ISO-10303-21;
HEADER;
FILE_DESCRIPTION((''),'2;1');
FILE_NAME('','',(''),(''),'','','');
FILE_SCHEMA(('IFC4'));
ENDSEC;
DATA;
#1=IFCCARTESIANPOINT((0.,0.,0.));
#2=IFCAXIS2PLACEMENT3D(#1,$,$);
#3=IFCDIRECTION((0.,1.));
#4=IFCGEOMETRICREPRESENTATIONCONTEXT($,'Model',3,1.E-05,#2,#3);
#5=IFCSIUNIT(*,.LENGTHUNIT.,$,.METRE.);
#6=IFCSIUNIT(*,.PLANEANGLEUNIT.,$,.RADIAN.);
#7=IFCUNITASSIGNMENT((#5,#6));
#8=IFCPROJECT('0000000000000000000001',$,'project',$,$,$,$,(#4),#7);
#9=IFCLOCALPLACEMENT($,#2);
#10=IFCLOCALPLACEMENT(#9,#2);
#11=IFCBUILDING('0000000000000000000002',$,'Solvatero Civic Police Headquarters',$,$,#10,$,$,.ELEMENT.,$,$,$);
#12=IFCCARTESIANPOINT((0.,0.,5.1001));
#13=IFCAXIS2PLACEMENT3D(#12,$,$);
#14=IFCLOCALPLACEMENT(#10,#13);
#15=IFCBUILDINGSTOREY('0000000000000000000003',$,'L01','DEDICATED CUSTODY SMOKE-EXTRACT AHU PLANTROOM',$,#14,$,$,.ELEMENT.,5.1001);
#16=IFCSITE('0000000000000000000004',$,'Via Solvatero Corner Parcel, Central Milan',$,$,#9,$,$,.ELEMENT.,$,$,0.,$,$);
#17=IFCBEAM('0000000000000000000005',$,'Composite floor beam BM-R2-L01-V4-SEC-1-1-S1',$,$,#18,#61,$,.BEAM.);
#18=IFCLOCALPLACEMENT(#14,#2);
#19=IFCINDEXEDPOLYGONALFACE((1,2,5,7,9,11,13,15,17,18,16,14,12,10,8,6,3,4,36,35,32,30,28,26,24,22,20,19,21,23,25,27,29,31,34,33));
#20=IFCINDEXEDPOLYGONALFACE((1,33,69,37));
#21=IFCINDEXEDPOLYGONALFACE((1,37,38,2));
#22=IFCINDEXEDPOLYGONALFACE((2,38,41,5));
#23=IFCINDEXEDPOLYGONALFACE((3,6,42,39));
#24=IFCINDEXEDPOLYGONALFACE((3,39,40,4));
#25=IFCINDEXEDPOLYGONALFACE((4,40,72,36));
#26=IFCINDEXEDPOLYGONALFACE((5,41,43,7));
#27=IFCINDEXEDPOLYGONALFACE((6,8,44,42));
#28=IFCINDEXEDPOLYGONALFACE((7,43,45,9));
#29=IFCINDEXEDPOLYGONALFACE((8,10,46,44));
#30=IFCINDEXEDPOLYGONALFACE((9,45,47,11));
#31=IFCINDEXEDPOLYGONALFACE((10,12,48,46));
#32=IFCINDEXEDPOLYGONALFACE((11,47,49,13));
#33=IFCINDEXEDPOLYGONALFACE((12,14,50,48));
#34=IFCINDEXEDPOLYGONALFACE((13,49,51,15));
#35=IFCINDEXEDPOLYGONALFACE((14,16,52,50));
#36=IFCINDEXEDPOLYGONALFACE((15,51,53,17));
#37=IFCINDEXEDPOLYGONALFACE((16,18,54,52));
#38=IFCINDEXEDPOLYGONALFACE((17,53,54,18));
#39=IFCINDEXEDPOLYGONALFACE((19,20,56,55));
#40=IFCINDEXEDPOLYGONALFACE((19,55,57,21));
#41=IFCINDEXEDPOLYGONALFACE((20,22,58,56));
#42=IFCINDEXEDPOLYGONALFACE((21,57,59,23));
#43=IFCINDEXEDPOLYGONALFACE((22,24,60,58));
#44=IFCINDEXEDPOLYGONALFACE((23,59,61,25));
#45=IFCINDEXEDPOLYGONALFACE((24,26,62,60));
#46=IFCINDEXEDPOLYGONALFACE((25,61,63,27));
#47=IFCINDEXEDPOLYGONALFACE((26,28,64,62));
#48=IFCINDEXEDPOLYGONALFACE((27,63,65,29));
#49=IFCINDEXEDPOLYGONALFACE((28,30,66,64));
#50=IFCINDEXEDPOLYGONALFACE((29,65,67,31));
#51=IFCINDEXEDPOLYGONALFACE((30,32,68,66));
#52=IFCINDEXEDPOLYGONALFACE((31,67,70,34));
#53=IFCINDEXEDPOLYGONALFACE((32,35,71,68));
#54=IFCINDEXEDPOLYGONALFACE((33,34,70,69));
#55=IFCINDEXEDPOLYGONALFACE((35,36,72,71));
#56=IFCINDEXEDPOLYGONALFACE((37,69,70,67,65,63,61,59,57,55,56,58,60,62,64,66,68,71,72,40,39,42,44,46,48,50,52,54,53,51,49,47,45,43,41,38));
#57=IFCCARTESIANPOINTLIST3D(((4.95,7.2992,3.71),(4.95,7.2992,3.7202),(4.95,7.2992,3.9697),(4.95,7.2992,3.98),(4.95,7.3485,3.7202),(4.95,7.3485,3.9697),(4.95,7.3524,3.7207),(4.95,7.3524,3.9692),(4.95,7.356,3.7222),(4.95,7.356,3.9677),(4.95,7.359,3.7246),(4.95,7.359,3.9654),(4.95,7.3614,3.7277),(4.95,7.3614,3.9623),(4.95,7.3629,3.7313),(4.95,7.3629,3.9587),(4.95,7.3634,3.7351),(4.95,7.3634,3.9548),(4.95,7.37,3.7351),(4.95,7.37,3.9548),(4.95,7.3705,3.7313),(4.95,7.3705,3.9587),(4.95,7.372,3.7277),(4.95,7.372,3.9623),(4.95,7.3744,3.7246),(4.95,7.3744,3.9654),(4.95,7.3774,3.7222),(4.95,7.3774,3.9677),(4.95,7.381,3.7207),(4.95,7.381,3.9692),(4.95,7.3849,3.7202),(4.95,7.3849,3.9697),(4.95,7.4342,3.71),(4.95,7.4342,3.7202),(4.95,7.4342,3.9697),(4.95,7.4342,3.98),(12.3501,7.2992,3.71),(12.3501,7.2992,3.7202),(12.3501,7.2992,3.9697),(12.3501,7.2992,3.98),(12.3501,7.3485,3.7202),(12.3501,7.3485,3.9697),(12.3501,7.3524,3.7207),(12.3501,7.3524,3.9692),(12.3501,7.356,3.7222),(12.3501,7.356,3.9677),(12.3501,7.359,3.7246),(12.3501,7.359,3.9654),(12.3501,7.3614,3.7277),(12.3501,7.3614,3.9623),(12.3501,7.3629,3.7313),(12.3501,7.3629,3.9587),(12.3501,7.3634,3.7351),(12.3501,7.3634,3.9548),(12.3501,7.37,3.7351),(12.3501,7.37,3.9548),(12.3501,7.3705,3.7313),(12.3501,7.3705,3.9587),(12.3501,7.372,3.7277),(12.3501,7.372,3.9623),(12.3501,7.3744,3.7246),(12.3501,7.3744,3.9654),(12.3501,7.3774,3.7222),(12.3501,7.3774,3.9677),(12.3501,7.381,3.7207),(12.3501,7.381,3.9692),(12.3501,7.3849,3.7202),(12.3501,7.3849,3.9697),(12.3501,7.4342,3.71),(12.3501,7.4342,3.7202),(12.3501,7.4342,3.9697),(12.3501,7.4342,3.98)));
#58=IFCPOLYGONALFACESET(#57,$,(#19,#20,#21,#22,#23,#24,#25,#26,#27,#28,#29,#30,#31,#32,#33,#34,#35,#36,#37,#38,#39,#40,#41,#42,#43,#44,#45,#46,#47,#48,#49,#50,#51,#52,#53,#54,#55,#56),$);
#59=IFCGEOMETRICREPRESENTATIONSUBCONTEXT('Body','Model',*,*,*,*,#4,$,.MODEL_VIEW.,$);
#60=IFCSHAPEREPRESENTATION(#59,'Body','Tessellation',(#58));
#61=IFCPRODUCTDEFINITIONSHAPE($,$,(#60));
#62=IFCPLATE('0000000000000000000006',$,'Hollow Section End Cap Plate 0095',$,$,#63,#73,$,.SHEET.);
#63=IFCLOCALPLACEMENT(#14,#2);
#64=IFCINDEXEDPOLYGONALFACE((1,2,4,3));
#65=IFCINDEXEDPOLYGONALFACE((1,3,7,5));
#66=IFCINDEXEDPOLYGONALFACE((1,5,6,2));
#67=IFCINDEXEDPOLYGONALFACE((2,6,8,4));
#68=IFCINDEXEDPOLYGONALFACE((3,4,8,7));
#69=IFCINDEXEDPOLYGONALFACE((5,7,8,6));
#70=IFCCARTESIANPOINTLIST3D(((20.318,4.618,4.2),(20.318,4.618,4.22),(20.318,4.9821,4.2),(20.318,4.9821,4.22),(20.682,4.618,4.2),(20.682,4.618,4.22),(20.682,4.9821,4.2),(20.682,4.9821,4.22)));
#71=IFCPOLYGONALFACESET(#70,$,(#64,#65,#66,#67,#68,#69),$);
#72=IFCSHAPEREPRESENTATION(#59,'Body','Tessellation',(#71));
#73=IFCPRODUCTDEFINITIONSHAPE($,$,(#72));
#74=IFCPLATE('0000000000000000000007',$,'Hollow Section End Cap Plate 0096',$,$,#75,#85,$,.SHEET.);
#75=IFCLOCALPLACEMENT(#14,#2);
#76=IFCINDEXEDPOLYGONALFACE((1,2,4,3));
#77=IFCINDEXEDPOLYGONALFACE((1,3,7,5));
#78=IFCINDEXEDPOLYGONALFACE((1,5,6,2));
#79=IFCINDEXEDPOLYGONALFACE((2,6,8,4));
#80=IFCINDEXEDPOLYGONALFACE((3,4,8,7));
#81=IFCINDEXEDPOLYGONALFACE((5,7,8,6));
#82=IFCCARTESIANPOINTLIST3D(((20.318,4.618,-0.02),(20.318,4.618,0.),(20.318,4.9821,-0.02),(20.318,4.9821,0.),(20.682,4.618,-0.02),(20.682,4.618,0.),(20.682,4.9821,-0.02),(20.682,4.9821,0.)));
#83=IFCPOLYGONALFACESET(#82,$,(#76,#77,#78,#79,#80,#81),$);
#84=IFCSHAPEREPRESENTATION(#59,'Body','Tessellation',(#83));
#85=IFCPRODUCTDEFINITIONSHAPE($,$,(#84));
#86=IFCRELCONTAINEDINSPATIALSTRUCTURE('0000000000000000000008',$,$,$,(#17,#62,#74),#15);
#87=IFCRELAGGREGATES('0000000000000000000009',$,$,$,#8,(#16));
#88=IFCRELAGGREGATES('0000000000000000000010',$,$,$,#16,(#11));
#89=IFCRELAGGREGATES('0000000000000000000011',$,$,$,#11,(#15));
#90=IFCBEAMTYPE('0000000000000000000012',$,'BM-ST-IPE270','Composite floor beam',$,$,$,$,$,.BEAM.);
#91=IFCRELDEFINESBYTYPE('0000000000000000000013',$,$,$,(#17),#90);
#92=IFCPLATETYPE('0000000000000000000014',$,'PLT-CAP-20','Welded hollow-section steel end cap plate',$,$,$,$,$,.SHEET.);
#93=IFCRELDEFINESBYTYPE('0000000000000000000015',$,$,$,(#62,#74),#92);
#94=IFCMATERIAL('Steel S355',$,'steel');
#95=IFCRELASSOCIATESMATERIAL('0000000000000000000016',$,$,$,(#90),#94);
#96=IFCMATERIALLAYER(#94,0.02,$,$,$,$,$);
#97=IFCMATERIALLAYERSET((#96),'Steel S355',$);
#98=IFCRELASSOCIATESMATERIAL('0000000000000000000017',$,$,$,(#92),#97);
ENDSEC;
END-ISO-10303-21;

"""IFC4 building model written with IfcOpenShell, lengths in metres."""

from ifc_helpers import new_model, si_unit, direction, frame, origin, origin_2d, place, context, subcontext, project, spatial, rectangle, i_section, extrude, material, layer, layer_set, material_profile, profile_set, type_object, element, save


model = new_model("IFC4")

# Units and contexts
model_context = context("Model", 3, precision=1e-05, world=origin(), true_north=direction((0.0, 1.0)))
body_context = subcontext(model_context, "Body", "Model", "MODEL_VIEW")
ifc_project = project(units=[si_unit("LENGTHUNIT", "METRE"), si_unit("PLANEANGLEUNIT", "RADIAN")], contexts=[model_context])

# Site, building, storey
site_placement = place(None, origin())
site = spatial("IfcSite", under=ifc_project, at=site_placement, Name="Via Solvatero Corner Parcel, Central Milan", CompositionType="ELEMENT", RefElevation=0.0)
building_placement = place(site_placement, origin())
building = spatial("IfcBuilding", under=site, at=building_placement, Name="Solvatero Civic Police Headquarters", CompositionType="ELEMENT")
storey_placement = place(building_placement, frame((0.0, 0.0, 5.1001)))
storey = spatial("IfcBuildingStorey", under=building, at=storey_placement, Name="L01", Description="DEDICATED CUSTODY SMOKE-EXTRACT AHU PLANTROOM", CompositionType="ELEMENT", Elevation=5.1001)

# Shared definitions
ifc_material_1 = material(Name="Steel S355", Category="steel")

# Beam
ifc_material_profile_1 = material_profile(ifc_material_1, i_section(OverallWidth=0.135, OverallDepth=0.27, WebThickness=0.0066, FlangeThickness=0.0103, FilletRadius=0.0149, at=origin_2d()), Name="IPE 270")
ifc_profile_set_1 = profile_set([ifc_material_profile_1], Name="Steel S355")
beam_type_1 = type_object("IfcBeamType", Name="BM-ST-IPE270", Description="Composite floor beam", PredefinedType="BEAM", material=ifc_profile_set_1)
beam_1_placement = place(storey_placement, frame((4.95, 7.3667, 3.845), z_axis=(1.0, 0.0, 0.0), x_axis=(0.0, 1.0, 0.0)))
element("IfcBeam", 1, at=beam_1_placement, inside=storey, type_object=beam_type_1, Name="Composite floor beam BM-R2-L01-V4-SEC-1-1-S1", PredefinedType="BEAM", context=body_context, shape_type="SweptSolid", body=[
    extrude(i_section(OverallWidth=0.135, OverallDepth=0.27, WebThickness=0.0066, FlangeThickness=0.0103, FilletRadius=0.0149, at=origin_2d()), origin(), (0.0, 0.0, 1.0), 7.4001),
])

# Plates
ifc_layer_1 = layer(ifc_material_1, 0.02)
ifc_layer_set_1 = layer_set([ifc_layer_1], Name="Steel S355")
plate_type = type_object("IfcPlateType", Name="PLT-CAP-20", Description="Welded hollow-section steel end cap plate", PredefinedType="SHEET", material=ifc_layer_set_1)
for number, where, z_axis, x_axis, name in (
    (2, (20.5, 4.8, 4.2), (0.0, 0.0, 1.0), (1.0, 0.0, 0.0), "Hollow Section End Cap Plate 0095"),
    (3, (20.5, 4.8, -0.02), (0.0, 0.0, 1.0), (1.0, 0.0, 0.0), "Hollow Section End Cap Plate 0096"),
):
    element("IfcPlate", number, at=place(storey_placement, frame(where, z_axis=z_axis, x_axis=x_axis)), inside=storey, type_object=plate_type, Name=name, PredefinedType="SHEET", context=body_context, shape_type="SweptSolid", body=[
        extrude(rectangle(XDim=0.364, YDim=0.364, at=origin_2d()), origin(), (0.0, 0.0, 1.0), 0.02),
    ])

save(model, "model.ifc")
